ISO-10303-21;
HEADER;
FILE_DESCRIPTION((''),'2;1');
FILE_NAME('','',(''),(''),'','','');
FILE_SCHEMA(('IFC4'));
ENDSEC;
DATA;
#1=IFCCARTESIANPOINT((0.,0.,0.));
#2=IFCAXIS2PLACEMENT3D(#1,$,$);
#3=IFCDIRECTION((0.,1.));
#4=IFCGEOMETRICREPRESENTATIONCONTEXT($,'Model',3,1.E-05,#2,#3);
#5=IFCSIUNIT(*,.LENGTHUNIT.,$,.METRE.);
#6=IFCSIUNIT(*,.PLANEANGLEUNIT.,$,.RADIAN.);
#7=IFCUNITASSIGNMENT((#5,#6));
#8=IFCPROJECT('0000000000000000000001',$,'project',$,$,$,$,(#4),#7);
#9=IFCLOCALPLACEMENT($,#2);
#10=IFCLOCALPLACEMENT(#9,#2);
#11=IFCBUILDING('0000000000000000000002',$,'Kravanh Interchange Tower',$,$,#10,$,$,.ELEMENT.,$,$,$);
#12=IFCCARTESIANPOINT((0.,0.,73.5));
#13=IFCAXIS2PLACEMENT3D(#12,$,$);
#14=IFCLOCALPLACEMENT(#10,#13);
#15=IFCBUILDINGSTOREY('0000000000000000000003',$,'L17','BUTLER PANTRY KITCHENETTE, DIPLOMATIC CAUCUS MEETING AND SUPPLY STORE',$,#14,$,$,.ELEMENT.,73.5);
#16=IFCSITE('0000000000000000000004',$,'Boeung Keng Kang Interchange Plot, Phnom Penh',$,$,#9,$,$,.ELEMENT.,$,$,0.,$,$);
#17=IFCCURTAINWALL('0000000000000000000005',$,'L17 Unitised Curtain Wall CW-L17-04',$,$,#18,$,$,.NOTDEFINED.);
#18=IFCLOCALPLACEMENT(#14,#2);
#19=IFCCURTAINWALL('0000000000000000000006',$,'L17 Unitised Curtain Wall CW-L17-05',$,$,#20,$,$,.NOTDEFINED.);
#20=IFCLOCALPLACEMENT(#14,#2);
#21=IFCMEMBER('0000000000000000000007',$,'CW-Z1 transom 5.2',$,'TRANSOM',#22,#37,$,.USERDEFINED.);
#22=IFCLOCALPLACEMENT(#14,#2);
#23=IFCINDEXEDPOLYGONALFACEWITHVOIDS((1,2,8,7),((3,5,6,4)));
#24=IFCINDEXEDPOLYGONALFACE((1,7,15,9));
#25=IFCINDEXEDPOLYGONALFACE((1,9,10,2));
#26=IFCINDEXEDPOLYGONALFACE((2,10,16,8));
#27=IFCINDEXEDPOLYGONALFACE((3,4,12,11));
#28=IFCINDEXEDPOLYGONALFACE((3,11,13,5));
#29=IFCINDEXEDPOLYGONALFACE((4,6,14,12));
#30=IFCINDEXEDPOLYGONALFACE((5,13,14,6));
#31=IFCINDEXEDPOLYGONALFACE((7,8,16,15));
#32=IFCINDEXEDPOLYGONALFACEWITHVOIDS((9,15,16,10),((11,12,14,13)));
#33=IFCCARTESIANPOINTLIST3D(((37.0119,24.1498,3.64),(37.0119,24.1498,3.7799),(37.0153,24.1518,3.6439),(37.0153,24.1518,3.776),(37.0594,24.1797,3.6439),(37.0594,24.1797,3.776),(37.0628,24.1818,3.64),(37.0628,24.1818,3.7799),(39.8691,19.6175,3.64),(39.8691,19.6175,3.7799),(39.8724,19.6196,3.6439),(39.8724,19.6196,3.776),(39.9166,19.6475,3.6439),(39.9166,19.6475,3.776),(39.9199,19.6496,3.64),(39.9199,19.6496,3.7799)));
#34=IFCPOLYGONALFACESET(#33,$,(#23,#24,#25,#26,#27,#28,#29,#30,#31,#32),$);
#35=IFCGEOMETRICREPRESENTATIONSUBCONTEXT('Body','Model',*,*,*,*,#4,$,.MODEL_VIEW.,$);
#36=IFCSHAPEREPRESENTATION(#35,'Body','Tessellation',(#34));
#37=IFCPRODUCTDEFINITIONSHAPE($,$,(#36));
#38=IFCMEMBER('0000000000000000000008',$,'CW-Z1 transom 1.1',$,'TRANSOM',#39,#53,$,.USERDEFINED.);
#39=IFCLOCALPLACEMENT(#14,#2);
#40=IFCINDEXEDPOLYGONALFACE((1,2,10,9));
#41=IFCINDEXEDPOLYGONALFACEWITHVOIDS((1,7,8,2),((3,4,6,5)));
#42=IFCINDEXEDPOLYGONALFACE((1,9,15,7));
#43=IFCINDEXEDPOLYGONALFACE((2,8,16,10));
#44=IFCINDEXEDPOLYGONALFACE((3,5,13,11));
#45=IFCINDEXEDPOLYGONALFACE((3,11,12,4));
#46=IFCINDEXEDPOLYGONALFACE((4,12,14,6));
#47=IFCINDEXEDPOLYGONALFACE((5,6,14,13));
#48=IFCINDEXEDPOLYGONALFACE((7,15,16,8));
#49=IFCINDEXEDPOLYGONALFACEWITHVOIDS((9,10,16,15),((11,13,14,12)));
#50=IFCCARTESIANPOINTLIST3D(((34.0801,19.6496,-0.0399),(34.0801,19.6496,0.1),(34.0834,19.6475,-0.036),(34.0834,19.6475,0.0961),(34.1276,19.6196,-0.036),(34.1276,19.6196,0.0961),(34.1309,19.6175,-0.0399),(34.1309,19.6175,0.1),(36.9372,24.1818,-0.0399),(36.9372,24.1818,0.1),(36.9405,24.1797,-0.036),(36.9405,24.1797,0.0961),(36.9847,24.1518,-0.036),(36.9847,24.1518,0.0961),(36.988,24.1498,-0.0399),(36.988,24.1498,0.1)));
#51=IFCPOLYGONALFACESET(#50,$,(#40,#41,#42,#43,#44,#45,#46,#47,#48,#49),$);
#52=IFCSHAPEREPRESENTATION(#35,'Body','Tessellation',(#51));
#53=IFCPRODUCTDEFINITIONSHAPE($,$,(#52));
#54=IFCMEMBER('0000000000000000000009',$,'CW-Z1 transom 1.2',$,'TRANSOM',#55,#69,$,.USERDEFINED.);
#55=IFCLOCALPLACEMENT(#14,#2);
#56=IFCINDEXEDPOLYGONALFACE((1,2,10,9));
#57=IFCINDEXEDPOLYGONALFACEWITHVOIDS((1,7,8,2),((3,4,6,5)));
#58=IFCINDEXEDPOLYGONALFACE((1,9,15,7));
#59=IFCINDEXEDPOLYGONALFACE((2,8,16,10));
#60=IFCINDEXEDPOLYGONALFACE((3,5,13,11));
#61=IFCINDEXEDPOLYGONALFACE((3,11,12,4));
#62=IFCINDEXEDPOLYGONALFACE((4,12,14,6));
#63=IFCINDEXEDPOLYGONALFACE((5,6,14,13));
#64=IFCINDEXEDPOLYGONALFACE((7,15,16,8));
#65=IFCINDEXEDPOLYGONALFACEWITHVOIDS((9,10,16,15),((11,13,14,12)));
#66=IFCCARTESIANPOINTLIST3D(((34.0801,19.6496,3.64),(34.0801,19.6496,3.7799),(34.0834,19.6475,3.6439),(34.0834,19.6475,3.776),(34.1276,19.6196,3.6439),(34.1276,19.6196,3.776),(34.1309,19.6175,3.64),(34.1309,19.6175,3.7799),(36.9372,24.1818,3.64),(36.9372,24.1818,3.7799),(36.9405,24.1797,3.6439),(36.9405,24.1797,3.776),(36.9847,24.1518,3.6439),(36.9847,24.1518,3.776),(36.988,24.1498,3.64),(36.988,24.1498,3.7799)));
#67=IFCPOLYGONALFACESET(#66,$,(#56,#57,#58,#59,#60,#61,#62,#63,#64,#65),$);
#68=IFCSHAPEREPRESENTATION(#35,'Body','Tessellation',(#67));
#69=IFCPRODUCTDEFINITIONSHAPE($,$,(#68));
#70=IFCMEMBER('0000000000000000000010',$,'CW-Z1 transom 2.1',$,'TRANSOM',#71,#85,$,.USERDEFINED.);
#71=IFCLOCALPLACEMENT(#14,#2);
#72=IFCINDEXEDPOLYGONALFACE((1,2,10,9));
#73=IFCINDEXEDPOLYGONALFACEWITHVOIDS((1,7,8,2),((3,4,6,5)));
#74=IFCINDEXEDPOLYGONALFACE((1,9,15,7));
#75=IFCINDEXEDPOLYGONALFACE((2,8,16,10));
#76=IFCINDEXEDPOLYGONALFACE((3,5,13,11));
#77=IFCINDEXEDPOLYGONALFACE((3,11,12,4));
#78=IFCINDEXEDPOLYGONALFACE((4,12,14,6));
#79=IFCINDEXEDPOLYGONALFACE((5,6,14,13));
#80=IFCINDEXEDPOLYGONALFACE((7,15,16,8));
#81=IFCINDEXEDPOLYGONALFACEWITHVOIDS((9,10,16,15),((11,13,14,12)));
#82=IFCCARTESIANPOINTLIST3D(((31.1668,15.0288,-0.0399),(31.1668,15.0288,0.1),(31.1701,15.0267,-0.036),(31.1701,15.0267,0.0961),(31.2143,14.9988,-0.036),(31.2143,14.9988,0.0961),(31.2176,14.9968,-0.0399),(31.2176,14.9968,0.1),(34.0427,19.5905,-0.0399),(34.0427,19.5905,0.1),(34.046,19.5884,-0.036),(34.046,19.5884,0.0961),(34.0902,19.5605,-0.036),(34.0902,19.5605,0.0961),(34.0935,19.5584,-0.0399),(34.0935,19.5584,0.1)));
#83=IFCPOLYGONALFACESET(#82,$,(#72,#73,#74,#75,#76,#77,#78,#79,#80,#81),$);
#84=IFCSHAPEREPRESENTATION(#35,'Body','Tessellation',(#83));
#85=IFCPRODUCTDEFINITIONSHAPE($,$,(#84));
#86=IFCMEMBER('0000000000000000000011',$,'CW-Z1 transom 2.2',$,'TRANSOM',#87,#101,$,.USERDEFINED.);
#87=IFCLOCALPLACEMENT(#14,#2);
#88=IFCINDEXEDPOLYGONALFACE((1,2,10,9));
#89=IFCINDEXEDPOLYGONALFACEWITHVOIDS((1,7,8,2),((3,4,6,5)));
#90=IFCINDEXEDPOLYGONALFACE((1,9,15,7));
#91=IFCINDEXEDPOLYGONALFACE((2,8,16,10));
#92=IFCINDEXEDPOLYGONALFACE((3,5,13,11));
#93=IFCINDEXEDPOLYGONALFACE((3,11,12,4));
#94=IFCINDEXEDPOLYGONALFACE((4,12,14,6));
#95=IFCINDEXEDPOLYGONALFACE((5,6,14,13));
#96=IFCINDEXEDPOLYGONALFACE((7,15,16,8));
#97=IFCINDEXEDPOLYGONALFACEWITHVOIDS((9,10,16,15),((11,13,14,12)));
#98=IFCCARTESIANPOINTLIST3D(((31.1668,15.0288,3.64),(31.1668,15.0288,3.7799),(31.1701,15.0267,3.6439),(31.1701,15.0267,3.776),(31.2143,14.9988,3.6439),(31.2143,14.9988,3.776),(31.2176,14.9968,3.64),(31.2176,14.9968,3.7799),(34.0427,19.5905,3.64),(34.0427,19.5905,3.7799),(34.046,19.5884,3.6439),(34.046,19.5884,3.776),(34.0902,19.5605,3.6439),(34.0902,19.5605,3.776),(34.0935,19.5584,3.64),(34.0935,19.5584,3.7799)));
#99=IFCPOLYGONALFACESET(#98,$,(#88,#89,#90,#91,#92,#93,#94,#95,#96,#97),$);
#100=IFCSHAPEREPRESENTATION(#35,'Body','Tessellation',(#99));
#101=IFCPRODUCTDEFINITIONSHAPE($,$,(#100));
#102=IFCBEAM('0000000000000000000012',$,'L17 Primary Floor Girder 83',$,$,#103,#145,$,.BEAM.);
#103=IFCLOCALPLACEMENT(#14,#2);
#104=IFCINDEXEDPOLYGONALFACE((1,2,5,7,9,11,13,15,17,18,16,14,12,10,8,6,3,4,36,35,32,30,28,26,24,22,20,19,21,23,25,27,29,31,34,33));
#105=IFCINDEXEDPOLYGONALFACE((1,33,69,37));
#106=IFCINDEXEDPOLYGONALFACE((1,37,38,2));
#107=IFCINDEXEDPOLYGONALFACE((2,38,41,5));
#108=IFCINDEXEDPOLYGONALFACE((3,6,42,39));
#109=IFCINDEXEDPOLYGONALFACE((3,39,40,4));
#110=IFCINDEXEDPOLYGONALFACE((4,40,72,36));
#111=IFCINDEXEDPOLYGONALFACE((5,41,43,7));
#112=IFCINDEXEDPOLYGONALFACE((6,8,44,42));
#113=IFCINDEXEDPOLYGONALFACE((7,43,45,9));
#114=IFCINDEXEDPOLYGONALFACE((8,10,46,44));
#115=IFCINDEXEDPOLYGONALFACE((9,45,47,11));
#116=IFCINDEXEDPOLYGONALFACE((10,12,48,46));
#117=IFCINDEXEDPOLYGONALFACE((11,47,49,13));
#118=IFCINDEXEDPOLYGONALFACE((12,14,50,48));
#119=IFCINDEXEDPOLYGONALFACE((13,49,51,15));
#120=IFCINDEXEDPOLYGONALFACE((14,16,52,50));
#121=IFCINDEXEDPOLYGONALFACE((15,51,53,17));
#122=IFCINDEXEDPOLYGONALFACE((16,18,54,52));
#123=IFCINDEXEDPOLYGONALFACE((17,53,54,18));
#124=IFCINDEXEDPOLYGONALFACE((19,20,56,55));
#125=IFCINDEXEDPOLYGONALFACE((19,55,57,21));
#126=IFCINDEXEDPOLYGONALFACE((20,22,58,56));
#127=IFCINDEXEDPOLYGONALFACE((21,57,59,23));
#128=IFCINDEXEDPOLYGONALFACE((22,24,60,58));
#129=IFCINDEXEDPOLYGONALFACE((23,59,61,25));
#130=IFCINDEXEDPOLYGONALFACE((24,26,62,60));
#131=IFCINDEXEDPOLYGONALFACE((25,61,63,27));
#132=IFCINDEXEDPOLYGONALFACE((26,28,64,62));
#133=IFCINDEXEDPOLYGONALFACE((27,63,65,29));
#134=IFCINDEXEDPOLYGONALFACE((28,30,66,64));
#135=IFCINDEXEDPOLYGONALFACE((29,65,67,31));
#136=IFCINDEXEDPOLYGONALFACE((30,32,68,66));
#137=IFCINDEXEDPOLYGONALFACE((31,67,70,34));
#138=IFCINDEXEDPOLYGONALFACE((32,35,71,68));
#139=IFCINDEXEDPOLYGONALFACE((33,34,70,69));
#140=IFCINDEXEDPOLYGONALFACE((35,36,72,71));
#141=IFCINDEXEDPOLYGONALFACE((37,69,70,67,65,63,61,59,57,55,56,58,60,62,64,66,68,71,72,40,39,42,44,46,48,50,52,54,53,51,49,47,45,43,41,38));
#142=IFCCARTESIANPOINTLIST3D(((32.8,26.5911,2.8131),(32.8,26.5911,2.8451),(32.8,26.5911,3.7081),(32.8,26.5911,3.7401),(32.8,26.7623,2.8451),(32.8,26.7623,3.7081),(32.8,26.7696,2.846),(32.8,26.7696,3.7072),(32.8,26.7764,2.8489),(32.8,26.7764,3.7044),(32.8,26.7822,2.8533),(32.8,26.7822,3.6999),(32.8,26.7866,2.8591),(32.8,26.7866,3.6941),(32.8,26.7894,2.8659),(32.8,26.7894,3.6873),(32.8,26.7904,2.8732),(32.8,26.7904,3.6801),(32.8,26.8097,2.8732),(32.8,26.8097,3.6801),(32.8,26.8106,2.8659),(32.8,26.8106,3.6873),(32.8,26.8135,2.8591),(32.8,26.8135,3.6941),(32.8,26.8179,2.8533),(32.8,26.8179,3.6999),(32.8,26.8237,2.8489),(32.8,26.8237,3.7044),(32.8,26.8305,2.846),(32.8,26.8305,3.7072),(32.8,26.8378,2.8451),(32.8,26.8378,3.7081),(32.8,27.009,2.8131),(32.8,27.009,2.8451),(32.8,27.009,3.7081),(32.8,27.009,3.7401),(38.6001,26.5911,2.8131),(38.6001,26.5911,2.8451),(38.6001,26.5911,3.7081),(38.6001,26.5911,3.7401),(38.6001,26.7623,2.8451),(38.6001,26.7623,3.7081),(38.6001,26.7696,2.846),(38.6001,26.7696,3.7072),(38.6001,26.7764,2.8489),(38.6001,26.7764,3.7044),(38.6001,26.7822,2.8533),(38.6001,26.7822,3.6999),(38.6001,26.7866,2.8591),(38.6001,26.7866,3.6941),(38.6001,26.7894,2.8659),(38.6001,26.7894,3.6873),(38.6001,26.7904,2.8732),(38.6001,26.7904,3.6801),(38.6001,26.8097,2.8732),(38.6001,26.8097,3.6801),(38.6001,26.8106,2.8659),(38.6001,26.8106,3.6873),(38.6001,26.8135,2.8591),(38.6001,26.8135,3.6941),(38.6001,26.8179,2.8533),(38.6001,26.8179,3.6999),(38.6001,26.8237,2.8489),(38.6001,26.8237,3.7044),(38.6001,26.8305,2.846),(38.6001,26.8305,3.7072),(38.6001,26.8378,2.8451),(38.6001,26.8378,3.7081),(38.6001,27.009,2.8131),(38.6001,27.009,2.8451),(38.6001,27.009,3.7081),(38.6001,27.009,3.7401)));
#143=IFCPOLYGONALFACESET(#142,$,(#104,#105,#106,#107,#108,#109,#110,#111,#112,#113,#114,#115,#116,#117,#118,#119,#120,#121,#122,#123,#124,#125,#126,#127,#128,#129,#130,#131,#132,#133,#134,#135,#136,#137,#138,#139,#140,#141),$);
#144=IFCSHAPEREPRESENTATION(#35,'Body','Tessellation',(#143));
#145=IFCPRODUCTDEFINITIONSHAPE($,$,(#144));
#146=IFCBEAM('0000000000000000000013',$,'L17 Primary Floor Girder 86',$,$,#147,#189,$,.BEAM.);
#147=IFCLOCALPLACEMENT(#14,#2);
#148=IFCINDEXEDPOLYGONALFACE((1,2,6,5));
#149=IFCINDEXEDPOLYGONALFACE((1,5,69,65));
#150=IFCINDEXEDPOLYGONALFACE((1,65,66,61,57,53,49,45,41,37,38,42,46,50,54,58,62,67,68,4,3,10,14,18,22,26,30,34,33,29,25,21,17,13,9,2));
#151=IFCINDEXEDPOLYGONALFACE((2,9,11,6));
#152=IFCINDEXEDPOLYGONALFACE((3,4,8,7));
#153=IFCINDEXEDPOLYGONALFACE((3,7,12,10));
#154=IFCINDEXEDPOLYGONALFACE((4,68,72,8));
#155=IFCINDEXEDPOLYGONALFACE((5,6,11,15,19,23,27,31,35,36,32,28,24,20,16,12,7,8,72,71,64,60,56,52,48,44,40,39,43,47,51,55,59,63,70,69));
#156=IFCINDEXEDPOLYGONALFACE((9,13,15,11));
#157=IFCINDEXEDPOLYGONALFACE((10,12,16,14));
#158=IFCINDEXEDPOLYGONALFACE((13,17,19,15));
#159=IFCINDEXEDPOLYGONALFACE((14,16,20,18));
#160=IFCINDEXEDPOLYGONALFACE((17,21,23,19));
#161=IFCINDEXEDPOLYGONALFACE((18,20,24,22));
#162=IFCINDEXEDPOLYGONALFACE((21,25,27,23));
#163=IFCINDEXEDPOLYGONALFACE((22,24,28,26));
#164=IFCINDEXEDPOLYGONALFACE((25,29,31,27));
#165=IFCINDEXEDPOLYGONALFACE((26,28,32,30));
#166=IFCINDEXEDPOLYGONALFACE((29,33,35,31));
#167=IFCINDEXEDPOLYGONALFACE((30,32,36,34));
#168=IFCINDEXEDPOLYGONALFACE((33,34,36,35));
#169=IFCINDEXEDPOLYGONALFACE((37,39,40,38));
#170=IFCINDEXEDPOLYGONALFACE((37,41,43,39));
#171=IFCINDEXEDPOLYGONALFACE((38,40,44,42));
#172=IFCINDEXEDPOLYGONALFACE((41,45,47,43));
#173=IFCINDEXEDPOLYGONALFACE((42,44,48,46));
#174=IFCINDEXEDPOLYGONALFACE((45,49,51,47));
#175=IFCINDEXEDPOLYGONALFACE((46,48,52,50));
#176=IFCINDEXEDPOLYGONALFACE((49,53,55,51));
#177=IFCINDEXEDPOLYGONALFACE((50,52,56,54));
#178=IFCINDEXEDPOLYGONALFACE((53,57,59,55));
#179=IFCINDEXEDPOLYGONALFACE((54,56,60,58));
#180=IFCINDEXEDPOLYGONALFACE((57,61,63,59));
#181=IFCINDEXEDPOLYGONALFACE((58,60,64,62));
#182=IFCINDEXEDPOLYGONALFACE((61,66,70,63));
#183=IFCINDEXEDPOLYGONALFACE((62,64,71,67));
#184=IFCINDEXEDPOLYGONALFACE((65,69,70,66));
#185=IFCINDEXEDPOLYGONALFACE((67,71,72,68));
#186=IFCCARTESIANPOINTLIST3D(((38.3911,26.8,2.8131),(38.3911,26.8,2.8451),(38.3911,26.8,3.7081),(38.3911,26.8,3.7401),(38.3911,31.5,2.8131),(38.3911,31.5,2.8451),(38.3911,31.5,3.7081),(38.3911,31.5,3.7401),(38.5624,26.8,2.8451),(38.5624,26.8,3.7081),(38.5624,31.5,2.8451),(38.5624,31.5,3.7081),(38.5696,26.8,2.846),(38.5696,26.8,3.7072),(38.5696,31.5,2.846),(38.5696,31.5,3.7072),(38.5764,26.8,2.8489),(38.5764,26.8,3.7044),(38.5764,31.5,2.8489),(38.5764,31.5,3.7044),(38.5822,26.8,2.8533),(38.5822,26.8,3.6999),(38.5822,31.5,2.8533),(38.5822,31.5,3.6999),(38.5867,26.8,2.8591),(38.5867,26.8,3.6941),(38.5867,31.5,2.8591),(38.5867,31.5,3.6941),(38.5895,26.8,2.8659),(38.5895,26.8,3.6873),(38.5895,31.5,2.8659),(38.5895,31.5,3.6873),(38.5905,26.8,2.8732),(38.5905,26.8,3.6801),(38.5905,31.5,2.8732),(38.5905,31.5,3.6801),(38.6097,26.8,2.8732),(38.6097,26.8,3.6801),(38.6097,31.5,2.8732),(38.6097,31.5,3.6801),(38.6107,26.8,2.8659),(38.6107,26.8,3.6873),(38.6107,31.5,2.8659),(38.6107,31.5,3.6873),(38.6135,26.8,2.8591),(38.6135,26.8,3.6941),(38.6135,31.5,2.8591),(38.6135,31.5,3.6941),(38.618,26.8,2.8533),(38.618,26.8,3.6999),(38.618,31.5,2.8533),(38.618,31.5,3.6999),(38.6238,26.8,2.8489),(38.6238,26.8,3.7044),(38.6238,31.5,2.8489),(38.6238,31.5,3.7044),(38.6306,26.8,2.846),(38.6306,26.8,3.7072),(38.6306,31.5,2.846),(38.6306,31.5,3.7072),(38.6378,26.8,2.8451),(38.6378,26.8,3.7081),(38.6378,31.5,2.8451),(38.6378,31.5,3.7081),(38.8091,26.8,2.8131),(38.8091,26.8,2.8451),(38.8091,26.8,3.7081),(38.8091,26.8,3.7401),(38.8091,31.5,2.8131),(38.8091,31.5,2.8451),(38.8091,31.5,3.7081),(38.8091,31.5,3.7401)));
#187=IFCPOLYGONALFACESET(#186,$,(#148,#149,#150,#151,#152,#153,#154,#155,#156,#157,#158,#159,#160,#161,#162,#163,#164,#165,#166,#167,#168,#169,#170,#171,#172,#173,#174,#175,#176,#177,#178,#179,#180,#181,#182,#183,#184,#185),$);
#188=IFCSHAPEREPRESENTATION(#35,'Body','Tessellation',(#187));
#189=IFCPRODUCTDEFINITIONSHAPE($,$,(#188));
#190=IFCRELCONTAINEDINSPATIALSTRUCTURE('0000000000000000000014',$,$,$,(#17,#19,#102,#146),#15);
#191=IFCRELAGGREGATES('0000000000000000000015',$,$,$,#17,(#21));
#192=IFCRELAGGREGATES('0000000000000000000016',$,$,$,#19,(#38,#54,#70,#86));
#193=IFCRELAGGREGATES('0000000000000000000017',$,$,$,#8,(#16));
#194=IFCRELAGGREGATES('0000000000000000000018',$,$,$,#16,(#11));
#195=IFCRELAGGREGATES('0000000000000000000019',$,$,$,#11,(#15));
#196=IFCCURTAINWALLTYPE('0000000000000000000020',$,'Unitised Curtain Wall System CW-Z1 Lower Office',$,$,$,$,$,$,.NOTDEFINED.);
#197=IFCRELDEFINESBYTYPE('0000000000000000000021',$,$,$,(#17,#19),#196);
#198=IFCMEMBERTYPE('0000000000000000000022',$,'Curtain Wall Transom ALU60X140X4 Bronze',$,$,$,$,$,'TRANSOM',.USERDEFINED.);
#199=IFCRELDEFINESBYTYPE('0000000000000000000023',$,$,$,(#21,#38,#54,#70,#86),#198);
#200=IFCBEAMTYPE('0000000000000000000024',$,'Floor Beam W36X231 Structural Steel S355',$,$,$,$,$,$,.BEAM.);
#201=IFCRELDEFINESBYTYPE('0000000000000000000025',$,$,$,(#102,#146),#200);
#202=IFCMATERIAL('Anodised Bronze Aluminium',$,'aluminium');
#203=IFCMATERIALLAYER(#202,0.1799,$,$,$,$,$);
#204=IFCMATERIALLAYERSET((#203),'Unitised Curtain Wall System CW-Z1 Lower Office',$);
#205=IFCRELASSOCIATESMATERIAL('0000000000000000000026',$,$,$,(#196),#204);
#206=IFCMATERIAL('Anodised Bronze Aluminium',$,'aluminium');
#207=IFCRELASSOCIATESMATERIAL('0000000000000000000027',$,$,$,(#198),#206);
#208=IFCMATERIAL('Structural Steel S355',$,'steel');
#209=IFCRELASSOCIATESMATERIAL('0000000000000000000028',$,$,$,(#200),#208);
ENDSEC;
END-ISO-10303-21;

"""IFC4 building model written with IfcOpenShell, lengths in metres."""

from ifc_helpers import new_model, si_unit, direction, frame, origin, origin_2d, place, context, subcontext, project, spatial, hollow_rectangle, i_section, extrude, material, layer, layer_set, material_profile, profile_set, type_object, element, aggregate, save


model = new_model("IFC4")

# Units and contexts
model_context = context("Model", 3, precision=1e-05, world=origin(), true_north=direction((0.0, 1.0)))
body_context = subcontext(model_context, "Body", "Model", "MODEL_VIEW")
ifc_project = project(units=[si_unit("LENGTHUNIT", "METRE"), si_unit("PLANEANGLEUNIT", "RADIAN")], contexts=[model_context])

# Site, building, storey
site_placement = place(None, origin())
site = spatial("IfcSite", under=ifc_project, at=site_placement, Name="Boeung Keng Kang Interchange Plot, Phnom Penh", CompositionType="ELEMENT", RefElevation=0.0)
building_placement = place(site_placement, origin())
building = spatial("IfcBuilding", under=site, at=building_placement, Name="Kravanh Interchange Tower", CompositionType="ELEMENT")
storey_placement = place(building_placement, frame((0.0, 0.0, 73.5)))
storey = spatial("IfcBuildingStorey", under=building, at=storey_placement, Name="L17", Description="BUTLER PANTRY KITCHENETTE, DIPLOMATIC CAUCUS MEETING AND SUPPLY STORE", CompositionType="ELEMENT", Elevation=73.5)

# Curtain walls
ifc_material_1 = material(Name="Anodised Bronze Aluminium", Category="aluminium")
ifc_layer_1 = layer(ifc_material_1, 0.1799)
ifc_layer_set_1 = layer_set([ifc_layer_1], Name="Unitised Curtain Wall System CW-Z1 Lower Office")
curtain_wall_type = type_object("IfcCurtainWallType", Name="Unitised Curtain Wall System CW-Z1 Lower Office", PredefinedType="NOTDEFINED", material=ifc_layer_set_1)
curtain_wall_1_placement = place(storey_placement, origin())
curtain_wall_1 = element("IfcCurtainWall", 1, at=curtain_wall_1_placement, inside=storey, type_object=curtain_wall_type, Name="L17 Unitised Curtain Wall CW-L17-04", PredefinedType="NOTDEFINED")
curtain_wall_2_placement = place(storey_placement, origin())
curtain_wall_2 = element("IfcCurtainWall", 2, at=curtain_wall_2_placement, inside=storey, type_object=curtain_wall_type, Name="L17 Unitised Curtain Wall CW-L17-05", PredefinedType="NOTDEFINED")

# Members
ifc_material_2 = material(Name="Anodised Bronze Aluminium", Category="aluminium")
ifc_material_profile_1 = material_profile(ifc_material_2, hollow_rectangle(XDim=0.0601, YDim=0.1399, WallThickness=0.0039, at=origin_2d()), Name="ALU60X140X4")
ifc_profile_set_1 = profile_set([ifc_material_profile_1], Name="Anodised Bronze Aluminium")
member_type_1 = type_object("IfcMemberType", Name="Curtain Wall Transom ALU60X140X4 Bronze", ElementType="TRANSOM", PredefinedType="USERDEFINED", material=ifc_profile_set_1)
member_1_placement = place(storey_placement, frame((39.8945, 19.6335, 3.71), z_axis=(-0.533288, 0.845934, 0.0), x_axis=(-0.845934, -0.533288, 0.0)))
member_1 = element("IfcMember", 3, at=member_1_placement, type_object=member_type_1, Name="CW-Z1 transom 5.2", ObjectType="TRANSOM", PredefinedType="USERDEFINED", context=body_context, shape_type="SweptSolid", body=[
    extrude(hollow_rectangle(XDim=0.0601, YDim=0.1399, WallThickness=0.0039, at=origin_2d()), origin(), (0.0, 0.0, 1.0), 5.3577),
])
member_2_placement = place(storey_placement, frame((36.9626, 24.1658, 0.03), z_axis=(-0.533288, -0.845934, 0.0), x_axis=(0.845934, -0.533288, 0.0)))
member_2 = element("IfcMember", 4, at=member_2_placement, type_object=member_type_1, Name="CW-Z1 transom 1.1", ObjectType="TRANSOM", PredefinedType="USERDEFINED", context=body_context, shape_type="SweptSolid", body=[
    extrude(hollow_rectangle(XDim=0.0601, YDim=0.1399, WallThickness=0.0039, at=origin_2d()), origin(), (0.0, 0.0, 1.0), 5.3577),
])
member_3_placement = place(storey_placement, frame((36.9626, 24.1658, 3.71), z_axis=(-0.533288, -0.845934, 0.0), x_axis=(0.845934, -0.533288, 0.0)))
member_3 = element("IfcMember", 5, at=member_3_placement, type_object=member_type_1, Name="CW-Z1 transom 1.2", ObjectType="TRANSOM", PredefinedType="USERDEFINED", context=body_context, shape_type="SweptSolid", body=[
    extrude(hollow_rectangle(XDim=0.0601, YDim=0.1399, WallThickness=0.0039, at=origin_2d()), origin(), (0.0, 0.0, 1.0), 5.3577),
])
member_4_placement = place(storey_placement, frame((34.0681, 19.5745, 0.03), z_axis=(-0.533311, -0.845919, 0.0), x_axis=(0.845919, -0.533311, 0.0)))
member_4 = element("IfcMember", 6, at=member_4_placement, type_object=member_type_1, Name="CW-Z1 transom 2.1", ObjectType="TRANSOM", PredefinedType="USERDEFINED", context=body_context, shape_type="SweptSolid", body=[
    extrude(hollow_rectangle(XDim=0.0601, YDim=0.1399, WallThickness=0.0039, at=origin_2d()), origin(), (0.0, 0.0, 1.0), 5.3926),
])
member_5_placement = place(storey_placement, frame((34.0681, 19.5745, 3.71), z_axis=(-0.533311, -0.845919, 0.0), x_axis=(0.845919, -0.533311, 0.0)))
member_5 = element("IfcMember", 7, at=member_5_placement, type_object=member_type_1, Name="CW-Z1 transom 2.2", ObjectType="TRANSOM", PredefinedType="USERDEFINED", context=body_context, shape_type="SweptSolid", body=[
    extrude(hollow_rectangle(XDim=0.0601, YDim=0.1399, WallThickness=0.0039, at=origin_2d()), origin(), (0.0, 0.0, 1.0), 5.3926),
])

# Beams
ifc_material_3 = material(Name="Structural Steel S355", Category="steel")
ifc_material_profile_2 = material_profile(ifc_material_3, i_section(OverallWidth=0.418, OverallDepth=0.927, WebThickness=0.0193, FlangeThickness=0.032, FilletRadius=0.0281, at=origin_2d()), Name="W36X231")
ifc_profile_set_2 = profile_set([ifc_material_profile_2], Name="Structural Steel S355")
beam_type_1 = type_object("IfcBeamType", Name="Floor Beam W36X231 Structural Steel S355", PredefinedType="BEAM", material=ifc_profile_set_2)
beam_1_placement = place(storey_placement, frame((32.8, 26.8, 3.2766), z_axis=(1.0, 0.0, 0.0), x_axis=(0.0, 1.0, 0.0)))
element("IfcBeam", 8, at=beam_1_placement, inside=storey, type_object=beam_type_1, Name="L17 Primary Floor Girder 83", PredefinedType="BEAM", context=body_context, shape_type="SweptSolid", body=[
    extrude(i_section(OverallWidth=0.418, OverallDepth=0.927, WebThickness=0.0193, FlangeThickness=0.032, FilletRadius=0.0281, at=origin_2d()), origin(), (0.0, 0.0, 1.0), 5.8),
])
beam_2_placement = place(storey_placement, frame((38.6001, 26.8, 3.2766), z_axis=(0.0, 1.0, 0.0), x_axis=(-1.0, 0.0, 0.0)))
element("IfcBeam", 9, at=beam_2_placement, inside=storey, type_object=beam_type_1, Name="L17 Primary Floor Girder 86", PredefinedType="BEAM", context=body_context, shape_type="SweptSolid", body=[
    extrude(i_section(OverallWidth=0.418, OverallDepth=0.927, WebThickness=0.0193, FlangeThickness=0.032, FilletRadius=0.0281, at=origin_2d()), origin(), (0.0, 0.0, 1.0), 4.7),
])

aggregate(curtain_wall_1, [member_1])
aggregate(curtain_wall_2, [member_2, member_3, member_4, member_5])

save(model, "model.ifc")
